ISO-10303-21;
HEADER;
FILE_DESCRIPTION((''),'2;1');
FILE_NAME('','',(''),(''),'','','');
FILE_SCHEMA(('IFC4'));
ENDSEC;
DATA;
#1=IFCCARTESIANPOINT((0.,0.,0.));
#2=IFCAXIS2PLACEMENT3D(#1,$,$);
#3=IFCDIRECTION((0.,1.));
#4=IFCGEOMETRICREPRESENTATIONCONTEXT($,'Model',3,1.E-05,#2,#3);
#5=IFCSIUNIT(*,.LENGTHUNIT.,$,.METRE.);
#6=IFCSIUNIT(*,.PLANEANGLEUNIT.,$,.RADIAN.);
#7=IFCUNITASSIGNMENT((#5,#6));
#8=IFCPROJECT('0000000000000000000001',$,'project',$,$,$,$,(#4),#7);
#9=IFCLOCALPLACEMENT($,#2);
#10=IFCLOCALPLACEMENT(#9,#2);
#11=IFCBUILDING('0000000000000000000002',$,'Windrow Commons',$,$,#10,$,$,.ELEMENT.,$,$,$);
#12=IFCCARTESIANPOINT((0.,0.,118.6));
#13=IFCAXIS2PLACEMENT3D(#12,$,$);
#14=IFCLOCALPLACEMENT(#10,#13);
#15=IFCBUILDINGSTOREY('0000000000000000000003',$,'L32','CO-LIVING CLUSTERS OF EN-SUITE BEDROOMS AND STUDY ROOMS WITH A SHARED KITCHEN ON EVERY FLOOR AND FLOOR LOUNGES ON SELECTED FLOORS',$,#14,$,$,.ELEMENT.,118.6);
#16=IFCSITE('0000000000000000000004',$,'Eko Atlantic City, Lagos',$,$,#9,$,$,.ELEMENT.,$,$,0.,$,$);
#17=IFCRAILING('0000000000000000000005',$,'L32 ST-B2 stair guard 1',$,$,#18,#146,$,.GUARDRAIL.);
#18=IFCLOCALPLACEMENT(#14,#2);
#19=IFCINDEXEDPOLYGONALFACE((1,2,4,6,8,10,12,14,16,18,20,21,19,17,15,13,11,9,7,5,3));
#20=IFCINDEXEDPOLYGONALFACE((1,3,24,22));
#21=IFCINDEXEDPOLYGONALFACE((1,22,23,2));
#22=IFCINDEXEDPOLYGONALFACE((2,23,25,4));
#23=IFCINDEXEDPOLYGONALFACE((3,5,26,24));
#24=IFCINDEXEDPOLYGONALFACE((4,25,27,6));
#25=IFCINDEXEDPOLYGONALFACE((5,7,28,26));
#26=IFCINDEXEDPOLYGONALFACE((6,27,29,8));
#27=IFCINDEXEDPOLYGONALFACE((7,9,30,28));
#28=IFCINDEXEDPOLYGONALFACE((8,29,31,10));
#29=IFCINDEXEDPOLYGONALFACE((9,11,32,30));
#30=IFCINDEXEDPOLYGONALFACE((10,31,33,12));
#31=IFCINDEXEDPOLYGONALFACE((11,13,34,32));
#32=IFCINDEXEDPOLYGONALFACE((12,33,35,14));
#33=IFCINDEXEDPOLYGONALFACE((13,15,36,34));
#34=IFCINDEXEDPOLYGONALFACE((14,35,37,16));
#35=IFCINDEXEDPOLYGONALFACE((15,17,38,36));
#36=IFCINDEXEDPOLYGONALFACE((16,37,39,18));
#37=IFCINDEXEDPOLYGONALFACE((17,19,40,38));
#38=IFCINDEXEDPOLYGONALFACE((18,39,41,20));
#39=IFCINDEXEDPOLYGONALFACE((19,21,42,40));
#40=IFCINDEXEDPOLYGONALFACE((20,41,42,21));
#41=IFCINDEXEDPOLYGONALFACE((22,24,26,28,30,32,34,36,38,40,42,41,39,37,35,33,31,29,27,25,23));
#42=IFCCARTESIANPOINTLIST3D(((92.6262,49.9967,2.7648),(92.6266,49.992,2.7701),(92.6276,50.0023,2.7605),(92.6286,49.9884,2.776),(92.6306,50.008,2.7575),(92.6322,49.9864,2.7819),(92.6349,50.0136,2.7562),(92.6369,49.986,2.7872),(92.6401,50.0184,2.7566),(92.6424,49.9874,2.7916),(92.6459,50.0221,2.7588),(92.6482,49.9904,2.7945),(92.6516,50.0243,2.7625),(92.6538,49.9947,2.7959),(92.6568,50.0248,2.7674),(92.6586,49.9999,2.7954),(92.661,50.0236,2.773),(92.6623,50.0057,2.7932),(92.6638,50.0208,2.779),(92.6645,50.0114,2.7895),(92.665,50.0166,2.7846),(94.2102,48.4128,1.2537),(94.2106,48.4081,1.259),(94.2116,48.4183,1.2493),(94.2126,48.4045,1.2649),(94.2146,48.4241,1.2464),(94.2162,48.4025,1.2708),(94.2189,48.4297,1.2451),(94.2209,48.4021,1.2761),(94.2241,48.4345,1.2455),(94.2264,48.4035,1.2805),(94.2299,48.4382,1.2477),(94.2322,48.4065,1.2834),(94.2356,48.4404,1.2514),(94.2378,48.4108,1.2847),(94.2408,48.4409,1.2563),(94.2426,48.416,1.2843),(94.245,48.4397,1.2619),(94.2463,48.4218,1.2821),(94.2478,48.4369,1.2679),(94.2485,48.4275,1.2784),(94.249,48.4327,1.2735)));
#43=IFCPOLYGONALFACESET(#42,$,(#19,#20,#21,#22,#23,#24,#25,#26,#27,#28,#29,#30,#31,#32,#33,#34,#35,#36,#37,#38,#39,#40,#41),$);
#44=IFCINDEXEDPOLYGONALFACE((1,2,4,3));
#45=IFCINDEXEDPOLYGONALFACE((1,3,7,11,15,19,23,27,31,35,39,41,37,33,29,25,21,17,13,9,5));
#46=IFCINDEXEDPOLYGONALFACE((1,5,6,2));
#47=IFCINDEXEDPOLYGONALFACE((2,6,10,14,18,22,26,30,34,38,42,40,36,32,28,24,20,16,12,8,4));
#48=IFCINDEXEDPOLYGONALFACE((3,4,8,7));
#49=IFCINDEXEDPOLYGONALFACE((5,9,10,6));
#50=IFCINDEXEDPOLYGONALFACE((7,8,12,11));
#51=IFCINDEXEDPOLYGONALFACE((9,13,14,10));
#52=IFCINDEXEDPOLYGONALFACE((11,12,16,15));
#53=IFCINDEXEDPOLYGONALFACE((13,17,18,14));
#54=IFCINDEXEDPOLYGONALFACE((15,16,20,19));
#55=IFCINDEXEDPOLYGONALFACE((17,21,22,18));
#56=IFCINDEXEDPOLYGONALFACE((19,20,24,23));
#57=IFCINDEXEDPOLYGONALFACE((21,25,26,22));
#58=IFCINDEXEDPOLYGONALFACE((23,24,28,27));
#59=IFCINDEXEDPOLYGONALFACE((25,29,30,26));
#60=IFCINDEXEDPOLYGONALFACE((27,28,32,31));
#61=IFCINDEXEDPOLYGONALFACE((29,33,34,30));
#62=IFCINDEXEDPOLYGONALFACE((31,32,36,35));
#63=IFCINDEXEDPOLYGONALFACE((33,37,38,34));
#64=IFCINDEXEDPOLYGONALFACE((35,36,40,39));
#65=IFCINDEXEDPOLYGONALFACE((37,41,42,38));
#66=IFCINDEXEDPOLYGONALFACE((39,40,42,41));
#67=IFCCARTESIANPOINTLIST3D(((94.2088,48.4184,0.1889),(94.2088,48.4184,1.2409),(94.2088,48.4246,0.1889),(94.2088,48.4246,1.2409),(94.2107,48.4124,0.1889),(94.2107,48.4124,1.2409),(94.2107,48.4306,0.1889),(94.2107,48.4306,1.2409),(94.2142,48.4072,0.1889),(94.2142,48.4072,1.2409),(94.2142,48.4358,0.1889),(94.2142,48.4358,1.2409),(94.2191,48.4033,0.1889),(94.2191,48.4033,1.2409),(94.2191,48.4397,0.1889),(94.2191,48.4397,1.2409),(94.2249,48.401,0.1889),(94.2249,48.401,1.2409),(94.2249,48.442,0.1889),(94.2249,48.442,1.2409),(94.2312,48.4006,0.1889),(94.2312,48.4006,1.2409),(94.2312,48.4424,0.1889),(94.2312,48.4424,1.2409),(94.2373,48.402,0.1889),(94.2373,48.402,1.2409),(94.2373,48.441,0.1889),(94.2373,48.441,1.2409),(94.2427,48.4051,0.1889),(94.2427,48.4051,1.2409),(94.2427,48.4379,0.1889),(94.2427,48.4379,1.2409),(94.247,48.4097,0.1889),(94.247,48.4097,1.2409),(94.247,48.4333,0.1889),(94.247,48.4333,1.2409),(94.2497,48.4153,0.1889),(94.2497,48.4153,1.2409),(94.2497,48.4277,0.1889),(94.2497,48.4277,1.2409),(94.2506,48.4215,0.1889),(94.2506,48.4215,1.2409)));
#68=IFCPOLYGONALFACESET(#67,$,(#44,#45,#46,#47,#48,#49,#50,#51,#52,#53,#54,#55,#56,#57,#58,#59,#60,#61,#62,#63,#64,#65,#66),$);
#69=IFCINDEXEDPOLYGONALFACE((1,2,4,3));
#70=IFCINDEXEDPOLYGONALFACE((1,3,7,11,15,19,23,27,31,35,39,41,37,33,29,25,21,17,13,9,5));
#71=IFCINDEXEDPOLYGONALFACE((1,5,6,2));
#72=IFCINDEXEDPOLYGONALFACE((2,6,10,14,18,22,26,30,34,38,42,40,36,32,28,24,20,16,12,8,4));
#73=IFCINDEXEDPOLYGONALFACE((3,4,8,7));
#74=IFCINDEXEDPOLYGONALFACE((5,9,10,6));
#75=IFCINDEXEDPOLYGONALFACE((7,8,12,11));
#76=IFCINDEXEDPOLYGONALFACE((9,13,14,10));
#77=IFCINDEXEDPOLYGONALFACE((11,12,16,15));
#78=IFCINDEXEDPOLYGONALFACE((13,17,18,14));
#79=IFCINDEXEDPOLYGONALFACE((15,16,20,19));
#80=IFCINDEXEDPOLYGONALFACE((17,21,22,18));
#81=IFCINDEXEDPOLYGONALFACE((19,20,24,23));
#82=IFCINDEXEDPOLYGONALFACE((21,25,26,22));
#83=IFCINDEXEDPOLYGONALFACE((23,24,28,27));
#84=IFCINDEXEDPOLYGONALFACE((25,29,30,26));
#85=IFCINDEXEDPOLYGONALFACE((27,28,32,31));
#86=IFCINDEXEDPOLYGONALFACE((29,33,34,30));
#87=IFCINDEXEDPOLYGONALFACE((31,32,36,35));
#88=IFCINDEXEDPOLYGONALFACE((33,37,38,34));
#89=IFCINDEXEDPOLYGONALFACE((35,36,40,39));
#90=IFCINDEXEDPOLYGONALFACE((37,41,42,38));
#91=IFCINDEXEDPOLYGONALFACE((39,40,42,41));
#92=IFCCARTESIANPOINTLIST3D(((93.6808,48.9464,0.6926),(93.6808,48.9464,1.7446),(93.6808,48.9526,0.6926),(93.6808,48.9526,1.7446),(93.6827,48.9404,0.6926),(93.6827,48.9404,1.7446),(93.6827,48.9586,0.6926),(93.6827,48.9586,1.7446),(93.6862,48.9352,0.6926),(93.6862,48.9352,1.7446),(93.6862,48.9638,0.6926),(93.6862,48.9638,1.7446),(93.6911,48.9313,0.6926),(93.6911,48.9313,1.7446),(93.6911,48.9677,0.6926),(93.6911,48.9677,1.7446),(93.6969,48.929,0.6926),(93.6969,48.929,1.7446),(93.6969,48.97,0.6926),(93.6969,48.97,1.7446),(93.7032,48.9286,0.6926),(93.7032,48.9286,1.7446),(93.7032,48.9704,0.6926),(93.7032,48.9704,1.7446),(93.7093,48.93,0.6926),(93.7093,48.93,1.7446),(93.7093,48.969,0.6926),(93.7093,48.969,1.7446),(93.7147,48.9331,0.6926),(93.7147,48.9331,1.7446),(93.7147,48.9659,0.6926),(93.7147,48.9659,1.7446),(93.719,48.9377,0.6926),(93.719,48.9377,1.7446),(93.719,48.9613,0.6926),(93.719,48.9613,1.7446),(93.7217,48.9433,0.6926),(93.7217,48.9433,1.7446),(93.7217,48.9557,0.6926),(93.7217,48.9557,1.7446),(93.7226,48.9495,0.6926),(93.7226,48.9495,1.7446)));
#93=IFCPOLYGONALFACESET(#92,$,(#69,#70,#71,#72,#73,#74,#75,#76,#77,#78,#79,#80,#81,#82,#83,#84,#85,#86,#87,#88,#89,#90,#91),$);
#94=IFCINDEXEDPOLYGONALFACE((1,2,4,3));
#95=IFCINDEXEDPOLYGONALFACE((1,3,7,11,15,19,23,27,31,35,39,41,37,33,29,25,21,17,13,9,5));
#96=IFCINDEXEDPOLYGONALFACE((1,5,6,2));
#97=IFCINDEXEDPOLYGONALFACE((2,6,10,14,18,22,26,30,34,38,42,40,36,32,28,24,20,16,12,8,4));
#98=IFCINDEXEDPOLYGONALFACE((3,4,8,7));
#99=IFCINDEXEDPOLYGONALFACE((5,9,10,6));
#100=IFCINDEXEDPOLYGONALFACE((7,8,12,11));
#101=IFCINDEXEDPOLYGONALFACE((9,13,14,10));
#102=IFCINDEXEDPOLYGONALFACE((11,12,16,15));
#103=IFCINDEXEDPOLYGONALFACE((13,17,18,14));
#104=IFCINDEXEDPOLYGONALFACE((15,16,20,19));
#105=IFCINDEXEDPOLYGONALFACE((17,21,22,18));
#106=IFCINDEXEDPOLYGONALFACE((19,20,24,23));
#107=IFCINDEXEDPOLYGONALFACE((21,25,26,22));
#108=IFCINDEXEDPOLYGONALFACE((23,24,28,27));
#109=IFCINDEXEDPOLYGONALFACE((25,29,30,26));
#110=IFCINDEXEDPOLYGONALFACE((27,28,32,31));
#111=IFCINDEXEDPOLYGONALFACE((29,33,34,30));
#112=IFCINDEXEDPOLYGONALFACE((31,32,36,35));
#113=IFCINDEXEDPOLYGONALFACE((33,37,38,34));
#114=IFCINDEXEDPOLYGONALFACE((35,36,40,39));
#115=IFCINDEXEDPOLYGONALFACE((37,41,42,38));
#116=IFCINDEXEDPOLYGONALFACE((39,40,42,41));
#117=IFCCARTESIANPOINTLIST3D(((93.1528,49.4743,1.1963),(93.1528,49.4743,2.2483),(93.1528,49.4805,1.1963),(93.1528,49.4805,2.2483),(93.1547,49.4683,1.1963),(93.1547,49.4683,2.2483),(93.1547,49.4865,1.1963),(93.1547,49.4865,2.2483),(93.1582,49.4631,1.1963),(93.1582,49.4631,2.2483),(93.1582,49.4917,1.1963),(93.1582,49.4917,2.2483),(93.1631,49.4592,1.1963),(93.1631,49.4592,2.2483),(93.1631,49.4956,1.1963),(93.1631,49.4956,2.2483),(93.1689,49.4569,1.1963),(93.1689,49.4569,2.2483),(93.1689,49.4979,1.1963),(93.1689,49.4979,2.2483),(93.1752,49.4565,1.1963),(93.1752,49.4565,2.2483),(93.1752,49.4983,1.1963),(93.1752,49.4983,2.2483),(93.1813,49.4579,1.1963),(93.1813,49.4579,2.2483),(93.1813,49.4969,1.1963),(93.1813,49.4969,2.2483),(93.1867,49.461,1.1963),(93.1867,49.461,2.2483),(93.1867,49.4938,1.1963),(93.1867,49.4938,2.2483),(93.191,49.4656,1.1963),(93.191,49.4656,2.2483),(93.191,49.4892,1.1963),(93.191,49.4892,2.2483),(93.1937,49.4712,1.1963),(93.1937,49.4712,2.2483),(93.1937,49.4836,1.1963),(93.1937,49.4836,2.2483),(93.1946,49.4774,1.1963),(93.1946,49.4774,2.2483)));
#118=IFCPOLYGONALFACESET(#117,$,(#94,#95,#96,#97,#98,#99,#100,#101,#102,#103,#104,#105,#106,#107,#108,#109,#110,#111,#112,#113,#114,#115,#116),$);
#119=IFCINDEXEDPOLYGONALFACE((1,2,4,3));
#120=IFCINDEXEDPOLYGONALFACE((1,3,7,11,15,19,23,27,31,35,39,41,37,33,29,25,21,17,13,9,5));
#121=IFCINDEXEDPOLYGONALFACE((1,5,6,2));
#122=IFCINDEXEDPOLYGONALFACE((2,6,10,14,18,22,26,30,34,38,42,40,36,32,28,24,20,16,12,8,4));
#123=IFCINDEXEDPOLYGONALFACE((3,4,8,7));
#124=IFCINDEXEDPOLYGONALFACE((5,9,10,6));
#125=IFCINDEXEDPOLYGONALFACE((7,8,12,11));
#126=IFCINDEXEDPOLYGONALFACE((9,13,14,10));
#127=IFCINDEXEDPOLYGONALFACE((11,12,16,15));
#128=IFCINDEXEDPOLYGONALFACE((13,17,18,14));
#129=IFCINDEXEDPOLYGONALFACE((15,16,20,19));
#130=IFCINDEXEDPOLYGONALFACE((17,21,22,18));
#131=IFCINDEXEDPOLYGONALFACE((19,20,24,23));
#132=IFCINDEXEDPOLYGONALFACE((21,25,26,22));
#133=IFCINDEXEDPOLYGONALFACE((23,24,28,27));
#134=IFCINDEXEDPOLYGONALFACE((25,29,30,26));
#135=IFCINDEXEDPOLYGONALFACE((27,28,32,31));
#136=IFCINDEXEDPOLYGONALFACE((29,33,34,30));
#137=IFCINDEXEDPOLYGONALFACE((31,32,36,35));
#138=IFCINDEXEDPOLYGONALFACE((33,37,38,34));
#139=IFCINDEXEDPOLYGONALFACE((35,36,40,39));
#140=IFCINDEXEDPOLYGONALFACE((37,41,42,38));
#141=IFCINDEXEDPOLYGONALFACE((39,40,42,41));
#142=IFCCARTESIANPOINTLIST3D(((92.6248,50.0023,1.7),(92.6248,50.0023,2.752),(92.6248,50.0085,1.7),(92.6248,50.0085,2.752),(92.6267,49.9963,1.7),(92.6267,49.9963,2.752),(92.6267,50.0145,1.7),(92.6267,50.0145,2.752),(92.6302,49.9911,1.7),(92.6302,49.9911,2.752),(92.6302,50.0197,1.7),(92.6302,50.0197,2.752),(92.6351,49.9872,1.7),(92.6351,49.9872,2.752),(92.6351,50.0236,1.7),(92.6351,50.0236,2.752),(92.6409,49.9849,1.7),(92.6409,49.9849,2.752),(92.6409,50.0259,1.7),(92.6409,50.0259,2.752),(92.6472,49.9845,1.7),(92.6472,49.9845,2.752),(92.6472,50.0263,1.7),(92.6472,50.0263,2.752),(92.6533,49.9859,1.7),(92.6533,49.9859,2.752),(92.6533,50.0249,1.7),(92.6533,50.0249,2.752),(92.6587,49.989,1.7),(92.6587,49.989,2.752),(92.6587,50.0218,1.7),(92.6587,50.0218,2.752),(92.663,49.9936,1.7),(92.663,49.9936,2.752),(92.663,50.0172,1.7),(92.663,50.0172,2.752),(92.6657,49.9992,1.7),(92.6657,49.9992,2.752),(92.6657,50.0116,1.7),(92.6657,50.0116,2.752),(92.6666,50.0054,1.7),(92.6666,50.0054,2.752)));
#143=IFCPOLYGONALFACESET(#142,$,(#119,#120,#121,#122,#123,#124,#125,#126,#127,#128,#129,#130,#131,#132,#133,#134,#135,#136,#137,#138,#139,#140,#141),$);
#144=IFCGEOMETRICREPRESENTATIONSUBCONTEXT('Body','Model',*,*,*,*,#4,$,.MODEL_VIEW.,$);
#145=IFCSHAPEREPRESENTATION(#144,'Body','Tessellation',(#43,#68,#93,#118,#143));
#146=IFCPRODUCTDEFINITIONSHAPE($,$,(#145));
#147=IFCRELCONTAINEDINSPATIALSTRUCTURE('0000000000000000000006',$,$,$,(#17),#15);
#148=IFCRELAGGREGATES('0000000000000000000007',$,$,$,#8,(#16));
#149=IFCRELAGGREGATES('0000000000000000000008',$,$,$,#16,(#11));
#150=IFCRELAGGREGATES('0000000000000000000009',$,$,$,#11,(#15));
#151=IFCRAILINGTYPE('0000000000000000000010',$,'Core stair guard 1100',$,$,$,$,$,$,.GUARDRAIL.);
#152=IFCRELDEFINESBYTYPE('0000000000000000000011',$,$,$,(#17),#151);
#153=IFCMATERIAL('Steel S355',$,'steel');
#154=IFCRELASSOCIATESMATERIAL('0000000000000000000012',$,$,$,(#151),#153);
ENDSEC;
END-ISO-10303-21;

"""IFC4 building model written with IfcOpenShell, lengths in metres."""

from ifc_helpers import new_model, si_unit, direction, frame, origin, origin_2d, place, context, subcontext, project, spatial, circle, extrude, material, type_object, element, save


model = new_model("IFC4")

# Units and contexts
model_context = context("Model", 3, precision=1e-05, world=origin(), true_north=direction((0.0, 1.0)))
body_context = subcontext(model_context, "Body", "Model", "MODEL_VIEW")
ifc_project = project(units=[si_unit("LENGTHUNIT", "METRE"), si_unit("PLANEANGLEUNIT", "RADIAN")], contexts=[model_context])

# Site, building, storey
site_placement = place(None, origin())
site = spatial("IfcSite", under=ifc_project, at=site_placement, Name="Eko Atlantic City, Lagos", CompositionType="ELEMENT", RefElevation=0.0)
building_placement = place(site_placement, origin())
building = spatial("IfcBuilding", under=site, at=building_placement, Name="Windrow Commons", CompositionType="ELEMENT")
storey_placement = place(building_placement, frame((0.0, 0.0, 118.6)))
storey = spatial("IfcBuildingStorey", under=building, at=storey_placement, Name="L32", Description="CO-LIVING CLUSTERS OF EN-SUITE BEDROOMS AND STUDY ROOMS WITH A SHARED KITCHEN ON EVERY FLOOR AND FLOOR LOUNGES ON SELECTED FLOORS", CompositionType="ELEMENT", Elevation=118.6)

# Railing
ifc_material_1 = material(Name="Steel S355", Category="steel")
railing_type_1 = type_object("IfcRailingType", Name="Core stair guard 1100", PredefinedType="GUARDRAIL", material=ifc_material_1)
railing_1_placement = place(storey_placement, frame((94.2296, 48.4215, 0.1889)))
element("IfcRailing", 1, at=railing_1_placement, inside=storey, type_object=railing_type_1, Name="L32 ST-B2 stair guard 1", PredefinedType="GUARDRAIL", context=body_context, shape_type="SweptSolid", body=[
    extrude(circle(Radius=0.024, at=origin_2d()), frame((0.0, 0.0, 1.076), z_axis=(-0.586216, 0.586179, 0.559237), x_axis=(-0.707084, -0.707129, 0.0)), (0.0, 0.0, 1.0), 2.7021),
    extrude(circle(Radius=0.021, at=origin_2d()), origin(), (0.0, 0.0, 1.0), 1.052),
    extrude(circle(Radius=0.021, at=origin_2d()), frame((-0.528, 0.528, 0.5037)), (0.0, 0.0, 1.0), 1.052),
    extrude(circle(Radius=0.021, at=origin_2d()), frame((-1.056, 1.0559, 1.0074)), (0.0, 0.0, 1.0), 1.052),
    extrude(circle(Radius=0.021, at=origin_2d()), frame((-1.584, 1.5839, 1.5111)), (0.0, 0.0, 1.0), 1.052),
])

save(model, "model.ifc")
